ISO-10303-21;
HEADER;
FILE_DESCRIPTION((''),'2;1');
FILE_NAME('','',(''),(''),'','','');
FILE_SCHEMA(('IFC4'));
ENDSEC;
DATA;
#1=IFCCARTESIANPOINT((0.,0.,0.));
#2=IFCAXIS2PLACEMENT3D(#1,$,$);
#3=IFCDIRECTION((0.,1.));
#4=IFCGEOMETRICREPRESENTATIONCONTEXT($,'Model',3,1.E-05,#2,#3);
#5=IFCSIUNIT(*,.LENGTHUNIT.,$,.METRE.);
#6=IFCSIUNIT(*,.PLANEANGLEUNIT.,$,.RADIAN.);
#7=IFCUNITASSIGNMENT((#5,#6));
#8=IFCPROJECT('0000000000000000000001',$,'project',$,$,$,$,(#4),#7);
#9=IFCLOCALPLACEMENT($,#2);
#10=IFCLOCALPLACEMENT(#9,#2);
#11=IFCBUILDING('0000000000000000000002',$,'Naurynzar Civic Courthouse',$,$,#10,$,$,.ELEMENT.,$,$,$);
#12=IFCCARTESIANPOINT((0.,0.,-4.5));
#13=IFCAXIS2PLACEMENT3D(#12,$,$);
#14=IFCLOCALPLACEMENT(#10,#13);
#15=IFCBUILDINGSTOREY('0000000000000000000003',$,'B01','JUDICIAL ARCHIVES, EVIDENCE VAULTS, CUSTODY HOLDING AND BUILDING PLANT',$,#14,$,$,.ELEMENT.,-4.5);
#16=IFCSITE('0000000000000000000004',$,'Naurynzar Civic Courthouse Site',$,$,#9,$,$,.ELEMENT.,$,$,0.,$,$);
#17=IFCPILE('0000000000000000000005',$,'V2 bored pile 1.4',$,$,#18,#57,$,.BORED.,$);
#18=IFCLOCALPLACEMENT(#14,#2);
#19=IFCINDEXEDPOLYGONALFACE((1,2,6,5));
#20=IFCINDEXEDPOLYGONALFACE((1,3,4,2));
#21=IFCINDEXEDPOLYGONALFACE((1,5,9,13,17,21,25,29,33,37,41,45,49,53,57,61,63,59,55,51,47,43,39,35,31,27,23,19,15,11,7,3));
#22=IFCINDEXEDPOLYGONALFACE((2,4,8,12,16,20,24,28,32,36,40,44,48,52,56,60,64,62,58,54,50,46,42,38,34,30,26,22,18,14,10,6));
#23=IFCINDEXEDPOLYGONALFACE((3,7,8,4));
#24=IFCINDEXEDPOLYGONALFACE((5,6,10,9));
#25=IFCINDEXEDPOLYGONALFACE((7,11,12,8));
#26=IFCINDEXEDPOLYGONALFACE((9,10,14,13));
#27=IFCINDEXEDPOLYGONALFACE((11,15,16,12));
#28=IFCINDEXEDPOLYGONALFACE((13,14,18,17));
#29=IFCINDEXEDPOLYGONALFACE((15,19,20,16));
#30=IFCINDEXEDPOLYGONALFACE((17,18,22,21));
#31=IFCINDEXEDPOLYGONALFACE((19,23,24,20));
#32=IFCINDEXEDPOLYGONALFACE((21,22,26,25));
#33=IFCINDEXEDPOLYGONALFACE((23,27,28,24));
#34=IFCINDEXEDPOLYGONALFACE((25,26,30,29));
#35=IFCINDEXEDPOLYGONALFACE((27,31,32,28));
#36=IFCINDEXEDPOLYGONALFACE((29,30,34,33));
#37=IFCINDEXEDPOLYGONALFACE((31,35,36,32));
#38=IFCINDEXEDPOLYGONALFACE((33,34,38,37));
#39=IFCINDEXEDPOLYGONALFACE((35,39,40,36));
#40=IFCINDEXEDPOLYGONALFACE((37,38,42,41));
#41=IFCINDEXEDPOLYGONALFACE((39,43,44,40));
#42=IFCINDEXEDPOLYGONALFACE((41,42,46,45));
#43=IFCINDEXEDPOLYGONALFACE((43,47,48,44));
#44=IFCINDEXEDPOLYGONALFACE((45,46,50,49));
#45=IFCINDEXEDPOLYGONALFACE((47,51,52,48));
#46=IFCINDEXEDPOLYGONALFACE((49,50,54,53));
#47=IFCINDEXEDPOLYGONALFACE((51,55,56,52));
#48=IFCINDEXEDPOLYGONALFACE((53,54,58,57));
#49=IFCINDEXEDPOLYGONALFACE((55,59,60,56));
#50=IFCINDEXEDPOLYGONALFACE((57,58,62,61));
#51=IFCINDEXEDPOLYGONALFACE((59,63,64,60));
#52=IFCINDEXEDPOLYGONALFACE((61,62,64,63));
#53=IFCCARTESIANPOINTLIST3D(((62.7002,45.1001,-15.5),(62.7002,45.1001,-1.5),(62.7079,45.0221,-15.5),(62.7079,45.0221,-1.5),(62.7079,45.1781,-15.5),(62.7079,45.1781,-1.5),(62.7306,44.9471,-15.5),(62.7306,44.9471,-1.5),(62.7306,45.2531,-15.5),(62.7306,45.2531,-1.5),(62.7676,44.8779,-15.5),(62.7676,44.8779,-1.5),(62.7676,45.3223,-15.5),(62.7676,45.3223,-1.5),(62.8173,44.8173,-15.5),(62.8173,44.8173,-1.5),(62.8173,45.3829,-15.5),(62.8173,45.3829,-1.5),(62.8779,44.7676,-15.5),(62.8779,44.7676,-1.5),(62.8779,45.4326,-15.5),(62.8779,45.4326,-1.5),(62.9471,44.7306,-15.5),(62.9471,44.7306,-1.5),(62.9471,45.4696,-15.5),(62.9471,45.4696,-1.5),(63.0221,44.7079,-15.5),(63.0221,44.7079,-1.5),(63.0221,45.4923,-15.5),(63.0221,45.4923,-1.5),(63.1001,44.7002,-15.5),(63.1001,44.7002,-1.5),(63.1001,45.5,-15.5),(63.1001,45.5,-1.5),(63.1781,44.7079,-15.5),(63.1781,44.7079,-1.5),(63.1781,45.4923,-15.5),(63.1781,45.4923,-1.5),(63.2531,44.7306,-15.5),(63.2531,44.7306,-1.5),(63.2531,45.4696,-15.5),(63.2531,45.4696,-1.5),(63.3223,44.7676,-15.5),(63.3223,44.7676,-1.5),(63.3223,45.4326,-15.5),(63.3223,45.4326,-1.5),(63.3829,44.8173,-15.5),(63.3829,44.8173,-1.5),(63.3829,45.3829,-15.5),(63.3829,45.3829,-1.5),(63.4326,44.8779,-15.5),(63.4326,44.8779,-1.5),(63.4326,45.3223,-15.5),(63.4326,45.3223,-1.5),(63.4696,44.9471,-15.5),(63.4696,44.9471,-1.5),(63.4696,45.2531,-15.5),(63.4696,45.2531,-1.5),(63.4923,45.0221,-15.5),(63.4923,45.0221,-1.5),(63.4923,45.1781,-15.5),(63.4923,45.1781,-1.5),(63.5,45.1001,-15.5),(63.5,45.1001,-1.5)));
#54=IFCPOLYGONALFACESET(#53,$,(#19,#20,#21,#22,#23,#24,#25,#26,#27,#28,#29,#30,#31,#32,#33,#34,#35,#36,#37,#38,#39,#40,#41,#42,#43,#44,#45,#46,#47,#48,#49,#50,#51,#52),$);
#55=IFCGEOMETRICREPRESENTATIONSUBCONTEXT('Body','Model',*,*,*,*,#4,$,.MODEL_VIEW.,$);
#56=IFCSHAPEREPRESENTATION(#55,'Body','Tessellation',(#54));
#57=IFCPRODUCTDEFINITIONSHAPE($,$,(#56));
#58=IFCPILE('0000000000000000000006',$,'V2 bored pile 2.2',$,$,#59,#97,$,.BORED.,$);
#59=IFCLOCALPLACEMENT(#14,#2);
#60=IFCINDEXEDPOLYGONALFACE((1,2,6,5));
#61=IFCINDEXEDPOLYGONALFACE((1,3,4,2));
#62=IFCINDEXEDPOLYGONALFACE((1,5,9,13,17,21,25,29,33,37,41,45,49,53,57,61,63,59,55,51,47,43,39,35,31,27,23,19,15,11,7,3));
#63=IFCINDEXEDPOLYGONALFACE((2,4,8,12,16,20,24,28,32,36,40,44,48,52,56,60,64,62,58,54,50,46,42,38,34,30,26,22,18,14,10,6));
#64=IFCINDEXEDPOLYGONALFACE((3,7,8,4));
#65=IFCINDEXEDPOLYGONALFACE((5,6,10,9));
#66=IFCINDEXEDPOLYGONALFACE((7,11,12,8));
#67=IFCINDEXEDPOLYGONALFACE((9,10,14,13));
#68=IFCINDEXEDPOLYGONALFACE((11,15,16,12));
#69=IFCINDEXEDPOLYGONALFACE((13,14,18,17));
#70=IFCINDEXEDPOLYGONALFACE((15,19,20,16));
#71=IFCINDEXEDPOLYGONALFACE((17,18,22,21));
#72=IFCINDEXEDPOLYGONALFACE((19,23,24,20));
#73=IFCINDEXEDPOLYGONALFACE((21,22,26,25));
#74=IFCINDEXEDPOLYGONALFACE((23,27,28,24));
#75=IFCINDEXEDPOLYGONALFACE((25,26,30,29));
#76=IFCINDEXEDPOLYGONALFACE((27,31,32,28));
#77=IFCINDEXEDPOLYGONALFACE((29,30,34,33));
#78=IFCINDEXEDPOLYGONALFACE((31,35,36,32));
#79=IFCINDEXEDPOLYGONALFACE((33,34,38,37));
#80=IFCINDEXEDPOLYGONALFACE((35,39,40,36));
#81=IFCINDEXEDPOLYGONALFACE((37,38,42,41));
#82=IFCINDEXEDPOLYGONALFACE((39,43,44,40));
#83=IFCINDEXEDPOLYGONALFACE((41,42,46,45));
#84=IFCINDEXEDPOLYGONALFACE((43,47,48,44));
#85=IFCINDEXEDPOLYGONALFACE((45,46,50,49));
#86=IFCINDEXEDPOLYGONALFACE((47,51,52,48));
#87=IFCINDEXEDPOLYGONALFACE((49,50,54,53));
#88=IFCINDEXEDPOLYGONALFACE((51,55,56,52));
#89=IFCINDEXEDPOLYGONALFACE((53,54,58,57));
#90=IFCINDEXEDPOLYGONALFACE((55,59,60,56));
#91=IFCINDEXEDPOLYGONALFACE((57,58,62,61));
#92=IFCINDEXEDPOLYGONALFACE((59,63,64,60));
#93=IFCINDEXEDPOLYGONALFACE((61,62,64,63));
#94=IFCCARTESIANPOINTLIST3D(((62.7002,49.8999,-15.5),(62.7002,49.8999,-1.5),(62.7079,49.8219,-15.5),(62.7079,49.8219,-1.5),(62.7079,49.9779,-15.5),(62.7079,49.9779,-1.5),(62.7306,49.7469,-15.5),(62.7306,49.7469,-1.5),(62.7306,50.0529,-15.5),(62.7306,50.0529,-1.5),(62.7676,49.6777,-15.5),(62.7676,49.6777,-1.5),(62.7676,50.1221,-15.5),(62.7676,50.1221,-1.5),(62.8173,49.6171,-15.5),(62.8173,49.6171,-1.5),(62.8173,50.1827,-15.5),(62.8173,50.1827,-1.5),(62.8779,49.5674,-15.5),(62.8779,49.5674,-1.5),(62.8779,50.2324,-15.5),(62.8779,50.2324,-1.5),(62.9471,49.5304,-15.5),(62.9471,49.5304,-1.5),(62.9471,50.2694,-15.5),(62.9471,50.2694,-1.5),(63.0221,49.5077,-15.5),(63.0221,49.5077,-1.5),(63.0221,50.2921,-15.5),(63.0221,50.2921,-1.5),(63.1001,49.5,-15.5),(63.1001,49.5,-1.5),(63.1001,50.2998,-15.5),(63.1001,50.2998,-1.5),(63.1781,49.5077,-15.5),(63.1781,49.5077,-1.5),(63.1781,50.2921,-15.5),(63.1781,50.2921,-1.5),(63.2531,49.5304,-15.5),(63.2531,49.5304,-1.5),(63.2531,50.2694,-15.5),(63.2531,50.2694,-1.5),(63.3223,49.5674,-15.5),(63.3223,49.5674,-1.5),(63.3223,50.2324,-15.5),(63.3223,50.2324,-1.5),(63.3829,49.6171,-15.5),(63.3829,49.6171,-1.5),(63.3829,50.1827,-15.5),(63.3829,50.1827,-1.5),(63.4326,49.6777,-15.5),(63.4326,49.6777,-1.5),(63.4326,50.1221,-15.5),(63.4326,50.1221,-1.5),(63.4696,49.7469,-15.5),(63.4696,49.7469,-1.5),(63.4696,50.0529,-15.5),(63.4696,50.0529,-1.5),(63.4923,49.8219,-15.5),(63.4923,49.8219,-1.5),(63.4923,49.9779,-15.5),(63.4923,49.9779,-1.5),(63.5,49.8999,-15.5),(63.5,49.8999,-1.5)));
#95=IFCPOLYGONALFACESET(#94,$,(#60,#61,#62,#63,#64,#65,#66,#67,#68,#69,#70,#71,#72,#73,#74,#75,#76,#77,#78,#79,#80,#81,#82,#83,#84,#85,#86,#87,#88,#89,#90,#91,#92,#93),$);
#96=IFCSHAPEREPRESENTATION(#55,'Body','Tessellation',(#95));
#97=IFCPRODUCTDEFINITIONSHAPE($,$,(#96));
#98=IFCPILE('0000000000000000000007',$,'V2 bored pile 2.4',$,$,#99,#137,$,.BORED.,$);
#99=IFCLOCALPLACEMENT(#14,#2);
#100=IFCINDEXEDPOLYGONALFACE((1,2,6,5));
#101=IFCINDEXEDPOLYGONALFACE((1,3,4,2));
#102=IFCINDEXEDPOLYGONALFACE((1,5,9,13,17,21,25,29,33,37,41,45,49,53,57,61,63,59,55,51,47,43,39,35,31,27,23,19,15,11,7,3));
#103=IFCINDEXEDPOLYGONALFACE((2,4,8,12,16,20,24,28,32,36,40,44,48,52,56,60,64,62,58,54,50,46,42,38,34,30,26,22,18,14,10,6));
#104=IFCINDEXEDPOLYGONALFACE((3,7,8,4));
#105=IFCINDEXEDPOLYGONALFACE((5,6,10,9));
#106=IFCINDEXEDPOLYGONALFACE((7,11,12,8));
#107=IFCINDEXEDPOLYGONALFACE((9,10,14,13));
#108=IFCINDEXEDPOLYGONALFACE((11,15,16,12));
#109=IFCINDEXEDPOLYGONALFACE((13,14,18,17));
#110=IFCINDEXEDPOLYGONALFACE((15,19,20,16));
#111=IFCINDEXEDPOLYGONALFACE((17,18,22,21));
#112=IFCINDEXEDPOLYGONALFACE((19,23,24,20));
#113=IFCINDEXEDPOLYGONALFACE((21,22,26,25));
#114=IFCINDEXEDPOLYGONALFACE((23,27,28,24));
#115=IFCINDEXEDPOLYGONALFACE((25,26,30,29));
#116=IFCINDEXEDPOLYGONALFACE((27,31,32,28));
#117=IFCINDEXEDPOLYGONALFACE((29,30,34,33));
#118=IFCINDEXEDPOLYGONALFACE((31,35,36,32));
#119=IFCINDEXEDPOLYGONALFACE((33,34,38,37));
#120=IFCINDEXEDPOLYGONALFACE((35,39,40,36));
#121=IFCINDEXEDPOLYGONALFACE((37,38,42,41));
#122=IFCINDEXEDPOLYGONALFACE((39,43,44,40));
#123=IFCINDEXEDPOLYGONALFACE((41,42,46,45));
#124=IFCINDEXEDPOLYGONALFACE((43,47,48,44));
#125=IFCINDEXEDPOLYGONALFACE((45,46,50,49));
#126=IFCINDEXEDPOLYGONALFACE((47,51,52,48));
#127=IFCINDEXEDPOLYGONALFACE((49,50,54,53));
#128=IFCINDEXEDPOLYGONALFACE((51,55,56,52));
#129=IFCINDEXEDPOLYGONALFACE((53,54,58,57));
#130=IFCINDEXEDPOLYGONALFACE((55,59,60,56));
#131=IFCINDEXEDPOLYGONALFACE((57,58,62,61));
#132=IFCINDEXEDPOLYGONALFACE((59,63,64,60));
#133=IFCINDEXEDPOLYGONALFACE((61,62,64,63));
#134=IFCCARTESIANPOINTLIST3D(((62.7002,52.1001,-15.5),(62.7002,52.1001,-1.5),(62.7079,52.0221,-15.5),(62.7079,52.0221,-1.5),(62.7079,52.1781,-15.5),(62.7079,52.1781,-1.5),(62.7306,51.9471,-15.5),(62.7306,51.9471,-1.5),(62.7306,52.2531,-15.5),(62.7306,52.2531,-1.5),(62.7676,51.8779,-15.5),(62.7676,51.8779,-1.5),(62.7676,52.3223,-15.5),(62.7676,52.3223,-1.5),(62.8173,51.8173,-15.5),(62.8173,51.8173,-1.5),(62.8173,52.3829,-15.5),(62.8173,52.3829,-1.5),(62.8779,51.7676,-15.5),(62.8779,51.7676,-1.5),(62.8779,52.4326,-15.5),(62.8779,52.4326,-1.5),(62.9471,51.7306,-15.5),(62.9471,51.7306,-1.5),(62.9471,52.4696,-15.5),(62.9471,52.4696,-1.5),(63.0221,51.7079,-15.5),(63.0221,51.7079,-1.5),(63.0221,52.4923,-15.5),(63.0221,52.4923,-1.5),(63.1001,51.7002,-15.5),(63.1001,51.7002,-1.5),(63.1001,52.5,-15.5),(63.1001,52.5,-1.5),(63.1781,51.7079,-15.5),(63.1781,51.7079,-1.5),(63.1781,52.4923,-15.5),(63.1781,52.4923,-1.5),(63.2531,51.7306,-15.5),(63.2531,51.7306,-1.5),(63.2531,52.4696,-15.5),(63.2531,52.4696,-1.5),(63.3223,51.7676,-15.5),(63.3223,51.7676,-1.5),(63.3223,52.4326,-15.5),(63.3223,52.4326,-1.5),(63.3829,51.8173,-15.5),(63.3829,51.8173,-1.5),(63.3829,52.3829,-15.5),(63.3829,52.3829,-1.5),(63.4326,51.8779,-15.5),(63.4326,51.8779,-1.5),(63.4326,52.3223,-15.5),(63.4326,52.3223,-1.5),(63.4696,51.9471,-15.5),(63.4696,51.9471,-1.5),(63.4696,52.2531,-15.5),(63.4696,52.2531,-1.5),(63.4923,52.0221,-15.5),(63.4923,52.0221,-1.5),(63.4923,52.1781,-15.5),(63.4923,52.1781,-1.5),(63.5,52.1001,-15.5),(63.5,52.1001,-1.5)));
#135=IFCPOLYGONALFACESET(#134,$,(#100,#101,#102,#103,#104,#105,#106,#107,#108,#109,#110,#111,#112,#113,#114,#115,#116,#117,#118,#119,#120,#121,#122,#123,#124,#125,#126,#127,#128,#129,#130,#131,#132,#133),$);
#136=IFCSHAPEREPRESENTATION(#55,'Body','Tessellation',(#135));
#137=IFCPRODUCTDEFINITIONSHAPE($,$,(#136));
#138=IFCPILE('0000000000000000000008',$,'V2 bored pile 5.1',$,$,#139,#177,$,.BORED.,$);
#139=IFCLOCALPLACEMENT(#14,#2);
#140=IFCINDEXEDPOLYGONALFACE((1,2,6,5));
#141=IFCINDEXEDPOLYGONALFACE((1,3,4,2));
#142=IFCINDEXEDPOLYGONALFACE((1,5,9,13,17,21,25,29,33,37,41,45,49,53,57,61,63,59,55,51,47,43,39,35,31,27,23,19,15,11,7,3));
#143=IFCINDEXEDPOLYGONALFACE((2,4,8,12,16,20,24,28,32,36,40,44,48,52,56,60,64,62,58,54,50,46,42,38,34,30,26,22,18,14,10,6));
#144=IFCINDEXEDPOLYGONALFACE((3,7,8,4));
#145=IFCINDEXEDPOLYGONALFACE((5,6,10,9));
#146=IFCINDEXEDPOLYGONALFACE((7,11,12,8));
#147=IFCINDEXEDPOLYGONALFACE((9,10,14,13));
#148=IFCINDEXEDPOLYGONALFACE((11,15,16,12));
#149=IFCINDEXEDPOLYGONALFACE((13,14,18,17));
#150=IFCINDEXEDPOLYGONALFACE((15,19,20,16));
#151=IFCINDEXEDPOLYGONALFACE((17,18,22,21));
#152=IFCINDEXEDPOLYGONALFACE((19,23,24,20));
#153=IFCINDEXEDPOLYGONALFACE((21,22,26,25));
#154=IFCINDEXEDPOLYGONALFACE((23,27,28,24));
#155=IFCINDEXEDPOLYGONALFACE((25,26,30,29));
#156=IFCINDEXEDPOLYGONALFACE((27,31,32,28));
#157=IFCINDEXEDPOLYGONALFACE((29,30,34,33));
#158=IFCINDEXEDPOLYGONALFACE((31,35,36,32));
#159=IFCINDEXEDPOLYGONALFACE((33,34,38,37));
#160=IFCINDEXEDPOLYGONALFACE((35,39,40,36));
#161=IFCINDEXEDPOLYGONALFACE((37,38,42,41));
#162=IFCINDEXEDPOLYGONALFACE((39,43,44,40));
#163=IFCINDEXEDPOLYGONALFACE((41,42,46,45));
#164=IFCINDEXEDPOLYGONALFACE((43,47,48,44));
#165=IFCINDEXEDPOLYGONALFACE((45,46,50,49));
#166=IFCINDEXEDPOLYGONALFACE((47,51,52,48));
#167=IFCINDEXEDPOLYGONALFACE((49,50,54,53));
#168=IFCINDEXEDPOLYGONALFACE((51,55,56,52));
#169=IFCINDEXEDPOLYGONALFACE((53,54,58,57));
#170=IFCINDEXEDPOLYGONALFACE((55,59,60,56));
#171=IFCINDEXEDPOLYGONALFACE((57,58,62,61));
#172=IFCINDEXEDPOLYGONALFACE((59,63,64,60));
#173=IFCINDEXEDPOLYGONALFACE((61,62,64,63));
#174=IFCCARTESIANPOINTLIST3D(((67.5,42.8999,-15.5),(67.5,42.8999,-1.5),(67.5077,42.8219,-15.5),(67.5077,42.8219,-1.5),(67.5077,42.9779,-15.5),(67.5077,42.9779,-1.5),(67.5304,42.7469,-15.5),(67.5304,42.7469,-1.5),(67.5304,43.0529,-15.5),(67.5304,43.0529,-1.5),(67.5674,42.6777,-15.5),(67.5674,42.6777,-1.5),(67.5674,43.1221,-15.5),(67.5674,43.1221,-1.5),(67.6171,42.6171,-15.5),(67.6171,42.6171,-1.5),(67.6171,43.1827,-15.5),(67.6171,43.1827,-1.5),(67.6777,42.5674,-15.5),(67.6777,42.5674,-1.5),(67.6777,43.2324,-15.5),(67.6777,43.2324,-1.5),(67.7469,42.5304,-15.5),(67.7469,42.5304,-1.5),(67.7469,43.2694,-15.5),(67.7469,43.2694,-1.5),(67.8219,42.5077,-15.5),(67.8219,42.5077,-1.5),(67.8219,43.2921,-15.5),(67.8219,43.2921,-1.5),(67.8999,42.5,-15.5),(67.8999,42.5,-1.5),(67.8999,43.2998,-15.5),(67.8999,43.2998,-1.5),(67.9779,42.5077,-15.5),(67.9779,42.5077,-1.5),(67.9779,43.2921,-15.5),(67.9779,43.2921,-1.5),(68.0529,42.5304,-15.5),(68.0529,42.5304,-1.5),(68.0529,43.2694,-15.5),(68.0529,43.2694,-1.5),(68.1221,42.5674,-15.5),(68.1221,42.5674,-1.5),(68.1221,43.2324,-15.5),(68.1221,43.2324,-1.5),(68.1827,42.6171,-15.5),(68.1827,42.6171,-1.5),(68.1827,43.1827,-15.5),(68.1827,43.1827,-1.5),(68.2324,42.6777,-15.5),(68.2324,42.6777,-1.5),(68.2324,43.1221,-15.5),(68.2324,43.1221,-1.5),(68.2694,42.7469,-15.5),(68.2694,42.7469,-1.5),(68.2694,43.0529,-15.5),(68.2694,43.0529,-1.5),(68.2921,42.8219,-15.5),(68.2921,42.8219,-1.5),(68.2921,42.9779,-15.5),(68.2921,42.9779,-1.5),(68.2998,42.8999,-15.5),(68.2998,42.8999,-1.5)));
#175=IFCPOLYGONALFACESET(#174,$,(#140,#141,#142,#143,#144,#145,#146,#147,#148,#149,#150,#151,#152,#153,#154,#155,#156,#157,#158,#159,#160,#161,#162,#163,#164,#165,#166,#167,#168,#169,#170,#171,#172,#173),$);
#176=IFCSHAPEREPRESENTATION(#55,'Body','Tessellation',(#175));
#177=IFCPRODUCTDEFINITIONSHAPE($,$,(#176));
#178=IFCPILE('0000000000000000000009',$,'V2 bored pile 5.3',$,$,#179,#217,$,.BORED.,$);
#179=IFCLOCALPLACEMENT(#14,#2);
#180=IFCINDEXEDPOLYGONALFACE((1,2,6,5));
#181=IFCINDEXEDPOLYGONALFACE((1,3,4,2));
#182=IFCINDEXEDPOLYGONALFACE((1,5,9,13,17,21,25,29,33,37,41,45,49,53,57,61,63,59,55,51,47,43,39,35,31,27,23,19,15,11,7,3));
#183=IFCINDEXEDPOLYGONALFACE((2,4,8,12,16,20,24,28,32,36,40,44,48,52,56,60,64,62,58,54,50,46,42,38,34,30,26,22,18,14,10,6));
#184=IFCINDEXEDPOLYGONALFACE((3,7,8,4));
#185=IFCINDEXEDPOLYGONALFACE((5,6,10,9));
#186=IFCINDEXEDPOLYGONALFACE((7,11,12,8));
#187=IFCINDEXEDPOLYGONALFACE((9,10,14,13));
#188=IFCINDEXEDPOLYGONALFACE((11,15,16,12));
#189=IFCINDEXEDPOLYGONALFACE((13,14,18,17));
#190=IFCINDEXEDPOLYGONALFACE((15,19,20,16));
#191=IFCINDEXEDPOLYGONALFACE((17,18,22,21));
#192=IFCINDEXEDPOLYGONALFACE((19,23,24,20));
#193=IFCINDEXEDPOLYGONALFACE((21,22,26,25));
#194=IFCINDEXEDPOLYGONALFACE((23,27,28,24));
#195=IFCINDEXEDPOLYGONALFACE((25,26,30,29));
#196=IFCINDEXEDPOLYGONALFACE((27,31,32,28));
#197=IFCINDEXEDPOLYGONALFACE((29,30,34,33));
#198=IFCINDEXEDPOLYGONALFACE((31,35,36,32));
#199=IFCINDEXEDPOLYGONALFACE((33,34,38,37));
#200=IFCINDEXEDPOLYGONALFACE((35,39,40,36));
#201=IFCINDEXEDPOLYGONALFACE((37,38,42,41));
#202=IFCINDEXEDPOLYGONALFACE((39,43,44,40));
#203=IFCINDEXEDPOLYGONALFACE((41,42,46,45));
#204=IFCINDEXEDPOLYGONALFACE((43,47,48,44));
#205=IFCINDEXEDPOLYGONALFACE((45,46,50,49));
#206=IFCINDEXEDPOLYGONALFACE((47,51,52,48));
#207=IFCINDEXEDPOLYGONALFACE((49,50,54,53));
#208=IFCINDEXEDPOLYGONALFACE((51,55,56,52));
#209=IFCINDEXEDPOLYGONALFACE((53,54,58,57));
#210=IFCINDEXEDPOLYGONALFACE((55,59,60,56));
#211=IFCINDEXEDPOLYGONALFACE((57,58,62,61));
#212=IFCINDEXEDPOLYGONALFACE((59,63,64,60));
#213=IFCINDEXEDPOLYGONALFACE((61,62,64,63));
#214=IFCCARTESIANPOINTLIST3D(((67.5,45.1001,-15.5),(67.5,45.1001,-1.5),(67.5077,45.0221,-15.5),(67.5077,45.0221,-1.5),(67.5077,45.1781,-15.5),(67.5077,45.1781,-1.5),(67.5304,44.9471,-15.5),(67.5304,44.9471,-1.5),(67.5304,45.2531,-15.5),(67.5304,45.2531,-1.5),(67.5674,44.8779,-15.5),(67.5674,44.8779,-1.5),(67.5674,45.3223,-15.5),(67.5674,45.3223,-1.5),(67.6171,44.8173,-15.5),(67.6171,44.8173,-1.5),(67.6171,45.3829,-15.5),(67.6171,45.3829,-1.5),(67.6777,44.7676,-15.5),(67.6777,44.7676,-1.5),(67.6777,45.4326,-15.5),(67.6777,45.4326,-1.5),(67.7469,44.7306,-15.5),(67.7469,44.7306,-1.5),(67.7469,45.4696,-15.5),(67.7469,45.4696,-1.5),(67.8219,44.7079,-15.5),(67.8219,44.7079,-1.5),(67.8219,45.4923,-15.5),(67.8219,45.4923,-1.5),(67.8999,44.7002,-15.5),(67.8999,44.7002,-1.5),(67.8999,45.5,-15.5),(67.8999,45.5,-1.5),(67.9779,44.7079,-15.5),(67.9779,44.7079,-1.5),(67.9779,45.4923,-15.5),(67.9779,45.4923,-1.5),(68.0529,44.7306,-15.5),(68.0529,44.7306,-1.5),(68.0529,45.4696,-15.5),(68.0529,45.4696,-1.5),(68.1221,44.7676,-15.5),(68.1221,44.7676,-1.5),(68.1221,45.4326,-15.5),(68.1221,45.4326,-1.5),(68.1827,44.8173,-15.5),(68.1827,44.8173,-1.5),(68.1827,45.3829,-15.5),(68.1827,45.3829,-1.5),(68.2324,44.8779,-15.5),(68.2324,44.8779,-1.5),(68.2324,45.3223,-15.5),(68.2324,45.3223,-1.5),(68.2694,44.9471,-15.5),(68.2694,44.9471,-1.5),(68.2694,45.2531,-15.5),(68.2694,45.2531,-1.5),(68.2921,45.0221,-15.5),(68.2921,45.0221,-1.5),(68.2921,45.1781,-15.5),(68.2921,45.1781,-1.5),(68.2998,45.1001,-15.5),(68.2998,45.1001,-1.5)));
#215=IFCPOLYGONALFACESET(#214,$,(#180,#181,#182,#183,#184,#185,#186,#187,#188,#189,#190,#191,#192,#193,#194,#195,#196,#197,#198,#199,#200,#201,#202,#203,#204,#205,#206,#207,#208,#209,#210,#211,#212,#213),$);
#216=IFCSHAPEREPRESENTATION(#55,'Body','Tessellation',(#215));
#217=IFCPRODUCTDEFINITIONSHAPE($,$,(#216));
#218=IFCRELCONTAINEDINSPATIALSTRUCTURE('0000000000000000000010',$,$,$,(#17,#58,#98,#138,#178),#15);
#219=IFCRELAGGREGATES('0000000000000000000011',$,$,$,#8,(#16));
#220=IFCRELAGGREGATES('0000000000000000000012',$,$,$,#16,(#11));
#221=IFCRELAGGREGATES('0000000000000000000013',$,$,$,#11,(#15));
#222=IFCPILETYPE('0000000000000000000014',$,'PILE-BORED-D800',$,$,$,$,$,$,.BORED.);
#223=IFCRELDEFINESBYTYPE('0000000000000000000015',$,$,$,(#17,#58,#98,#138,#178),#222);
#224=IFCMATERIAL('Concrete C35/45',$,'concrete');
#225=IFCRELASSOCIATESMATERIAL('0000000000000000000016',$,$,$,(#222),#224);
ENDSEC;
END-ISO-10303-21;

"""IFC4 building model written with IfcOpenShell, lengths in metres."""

from ifc_helpers import new_model, si_unit, direction, frame, origin, origin_2d, place, context, subcontext, project, spatial, circle, extrude, material, material_profile, profile_set, type_object, element, save


model = new_model("IFC4")

# Units and contexts
model_context = context("Model", 3, precision=1e-05, world=origin(), true_north=direction((0.0, 1.0)))
body_context = subcontext(model_context, "Body", "Model", "MODEL_VIEW")
ifc_project = project(units=[si_unit("LENGTHUNIT", "METRE"), si_unit("PLANEANGLEUNIT", "RADIAN")], contexts=[model_context])

# Site, building, storey
site_placement = place(None, origin())
site = spatial("IfcSite", under=ifc_project, at=site_placement, Name="Naurynzar Civic Courthouse Site", CompositionType="ELEMENT", RefElevation=0.0)
building_placement = place(site_placement, origin())
building = spatial("IfcBuilding", under=site, at=building_placement, Name="Naurynzar Civic Courthouse", CompositionType="ELEMENT")
storey_placement = place(building_placement, frame((0.0, 0.0, -4.5)))
storey = spatial("IfcBuildingStorey", under=building, at=storey_placement, Name="B01", Description="JUDICIAL ARCHIVES, EVIDENCE VAULTS, CUSTODY HOLDING AND BUILDING PLANT", CompositionType="ELEMENT", Elevation=-4.5)

# Piles
ifc_material_1 = material(Name="Concrete C35/45", Category="concrete")
ifc_material_profile_1 = material_profile(ifc_material_1, circle(Radius=0.3999, at=origin_2d()), Name="PILE D800")
ifc_profile_set_1 = profile_set([ifc_material_profile_1], Name="Concrete C35/45")
pile_type_1 = type_object("IfcPileType", Name="PILE-BORED-D800", PredefinedType="BORED", material=ifc_profile_set_1)
for number, where, z_axis, x_axis, name in (
    (1, (63.1001, 45.1001, -1.5), (0.0, 0.0, -1.0), (1.0, 0.0, 0.0), "V2 bored pile 1.4"),
    (2, (63.1001, 49.8999, -1.5), (0.0, 0.0, -1.0), (1.0, 0.0, 0.0), "V2 bored pile 2.2"),
    (3, (63.1001, 52.1001, -1.5), (0.0, 0.0, -1.0), (1.0, 0.0, 0.0), "V2 bored pile 2.4"),
    (4, (67.8999, 42.8999, -1.5), (0.0, 0.0, -1.0), (1.0, 0.0, 0.0), "V2 bored pile 5.1"),
    (5, (67.8999, 45.1001, -1.5), (0.0, 0.0, -1.0), (1.0, 0.0, 0.0), "V2 bored pile 5.3"),
):
    element("IfcPile", number, at=place(storey_placement, frame(where, z_axis=z_axis, x_axis=x_axis)), inside=storey, type_object=pile_type_1, Name=name, PredefinedType="BORED", context=body_context, shape_type="SweptSolid", body=[
        extrude(circle(Radius=0.3999, at=origin_2d()), origin(), (0.0, 0.0, 1.0), 14.0),
    ])

save(model, "model.ifc")
